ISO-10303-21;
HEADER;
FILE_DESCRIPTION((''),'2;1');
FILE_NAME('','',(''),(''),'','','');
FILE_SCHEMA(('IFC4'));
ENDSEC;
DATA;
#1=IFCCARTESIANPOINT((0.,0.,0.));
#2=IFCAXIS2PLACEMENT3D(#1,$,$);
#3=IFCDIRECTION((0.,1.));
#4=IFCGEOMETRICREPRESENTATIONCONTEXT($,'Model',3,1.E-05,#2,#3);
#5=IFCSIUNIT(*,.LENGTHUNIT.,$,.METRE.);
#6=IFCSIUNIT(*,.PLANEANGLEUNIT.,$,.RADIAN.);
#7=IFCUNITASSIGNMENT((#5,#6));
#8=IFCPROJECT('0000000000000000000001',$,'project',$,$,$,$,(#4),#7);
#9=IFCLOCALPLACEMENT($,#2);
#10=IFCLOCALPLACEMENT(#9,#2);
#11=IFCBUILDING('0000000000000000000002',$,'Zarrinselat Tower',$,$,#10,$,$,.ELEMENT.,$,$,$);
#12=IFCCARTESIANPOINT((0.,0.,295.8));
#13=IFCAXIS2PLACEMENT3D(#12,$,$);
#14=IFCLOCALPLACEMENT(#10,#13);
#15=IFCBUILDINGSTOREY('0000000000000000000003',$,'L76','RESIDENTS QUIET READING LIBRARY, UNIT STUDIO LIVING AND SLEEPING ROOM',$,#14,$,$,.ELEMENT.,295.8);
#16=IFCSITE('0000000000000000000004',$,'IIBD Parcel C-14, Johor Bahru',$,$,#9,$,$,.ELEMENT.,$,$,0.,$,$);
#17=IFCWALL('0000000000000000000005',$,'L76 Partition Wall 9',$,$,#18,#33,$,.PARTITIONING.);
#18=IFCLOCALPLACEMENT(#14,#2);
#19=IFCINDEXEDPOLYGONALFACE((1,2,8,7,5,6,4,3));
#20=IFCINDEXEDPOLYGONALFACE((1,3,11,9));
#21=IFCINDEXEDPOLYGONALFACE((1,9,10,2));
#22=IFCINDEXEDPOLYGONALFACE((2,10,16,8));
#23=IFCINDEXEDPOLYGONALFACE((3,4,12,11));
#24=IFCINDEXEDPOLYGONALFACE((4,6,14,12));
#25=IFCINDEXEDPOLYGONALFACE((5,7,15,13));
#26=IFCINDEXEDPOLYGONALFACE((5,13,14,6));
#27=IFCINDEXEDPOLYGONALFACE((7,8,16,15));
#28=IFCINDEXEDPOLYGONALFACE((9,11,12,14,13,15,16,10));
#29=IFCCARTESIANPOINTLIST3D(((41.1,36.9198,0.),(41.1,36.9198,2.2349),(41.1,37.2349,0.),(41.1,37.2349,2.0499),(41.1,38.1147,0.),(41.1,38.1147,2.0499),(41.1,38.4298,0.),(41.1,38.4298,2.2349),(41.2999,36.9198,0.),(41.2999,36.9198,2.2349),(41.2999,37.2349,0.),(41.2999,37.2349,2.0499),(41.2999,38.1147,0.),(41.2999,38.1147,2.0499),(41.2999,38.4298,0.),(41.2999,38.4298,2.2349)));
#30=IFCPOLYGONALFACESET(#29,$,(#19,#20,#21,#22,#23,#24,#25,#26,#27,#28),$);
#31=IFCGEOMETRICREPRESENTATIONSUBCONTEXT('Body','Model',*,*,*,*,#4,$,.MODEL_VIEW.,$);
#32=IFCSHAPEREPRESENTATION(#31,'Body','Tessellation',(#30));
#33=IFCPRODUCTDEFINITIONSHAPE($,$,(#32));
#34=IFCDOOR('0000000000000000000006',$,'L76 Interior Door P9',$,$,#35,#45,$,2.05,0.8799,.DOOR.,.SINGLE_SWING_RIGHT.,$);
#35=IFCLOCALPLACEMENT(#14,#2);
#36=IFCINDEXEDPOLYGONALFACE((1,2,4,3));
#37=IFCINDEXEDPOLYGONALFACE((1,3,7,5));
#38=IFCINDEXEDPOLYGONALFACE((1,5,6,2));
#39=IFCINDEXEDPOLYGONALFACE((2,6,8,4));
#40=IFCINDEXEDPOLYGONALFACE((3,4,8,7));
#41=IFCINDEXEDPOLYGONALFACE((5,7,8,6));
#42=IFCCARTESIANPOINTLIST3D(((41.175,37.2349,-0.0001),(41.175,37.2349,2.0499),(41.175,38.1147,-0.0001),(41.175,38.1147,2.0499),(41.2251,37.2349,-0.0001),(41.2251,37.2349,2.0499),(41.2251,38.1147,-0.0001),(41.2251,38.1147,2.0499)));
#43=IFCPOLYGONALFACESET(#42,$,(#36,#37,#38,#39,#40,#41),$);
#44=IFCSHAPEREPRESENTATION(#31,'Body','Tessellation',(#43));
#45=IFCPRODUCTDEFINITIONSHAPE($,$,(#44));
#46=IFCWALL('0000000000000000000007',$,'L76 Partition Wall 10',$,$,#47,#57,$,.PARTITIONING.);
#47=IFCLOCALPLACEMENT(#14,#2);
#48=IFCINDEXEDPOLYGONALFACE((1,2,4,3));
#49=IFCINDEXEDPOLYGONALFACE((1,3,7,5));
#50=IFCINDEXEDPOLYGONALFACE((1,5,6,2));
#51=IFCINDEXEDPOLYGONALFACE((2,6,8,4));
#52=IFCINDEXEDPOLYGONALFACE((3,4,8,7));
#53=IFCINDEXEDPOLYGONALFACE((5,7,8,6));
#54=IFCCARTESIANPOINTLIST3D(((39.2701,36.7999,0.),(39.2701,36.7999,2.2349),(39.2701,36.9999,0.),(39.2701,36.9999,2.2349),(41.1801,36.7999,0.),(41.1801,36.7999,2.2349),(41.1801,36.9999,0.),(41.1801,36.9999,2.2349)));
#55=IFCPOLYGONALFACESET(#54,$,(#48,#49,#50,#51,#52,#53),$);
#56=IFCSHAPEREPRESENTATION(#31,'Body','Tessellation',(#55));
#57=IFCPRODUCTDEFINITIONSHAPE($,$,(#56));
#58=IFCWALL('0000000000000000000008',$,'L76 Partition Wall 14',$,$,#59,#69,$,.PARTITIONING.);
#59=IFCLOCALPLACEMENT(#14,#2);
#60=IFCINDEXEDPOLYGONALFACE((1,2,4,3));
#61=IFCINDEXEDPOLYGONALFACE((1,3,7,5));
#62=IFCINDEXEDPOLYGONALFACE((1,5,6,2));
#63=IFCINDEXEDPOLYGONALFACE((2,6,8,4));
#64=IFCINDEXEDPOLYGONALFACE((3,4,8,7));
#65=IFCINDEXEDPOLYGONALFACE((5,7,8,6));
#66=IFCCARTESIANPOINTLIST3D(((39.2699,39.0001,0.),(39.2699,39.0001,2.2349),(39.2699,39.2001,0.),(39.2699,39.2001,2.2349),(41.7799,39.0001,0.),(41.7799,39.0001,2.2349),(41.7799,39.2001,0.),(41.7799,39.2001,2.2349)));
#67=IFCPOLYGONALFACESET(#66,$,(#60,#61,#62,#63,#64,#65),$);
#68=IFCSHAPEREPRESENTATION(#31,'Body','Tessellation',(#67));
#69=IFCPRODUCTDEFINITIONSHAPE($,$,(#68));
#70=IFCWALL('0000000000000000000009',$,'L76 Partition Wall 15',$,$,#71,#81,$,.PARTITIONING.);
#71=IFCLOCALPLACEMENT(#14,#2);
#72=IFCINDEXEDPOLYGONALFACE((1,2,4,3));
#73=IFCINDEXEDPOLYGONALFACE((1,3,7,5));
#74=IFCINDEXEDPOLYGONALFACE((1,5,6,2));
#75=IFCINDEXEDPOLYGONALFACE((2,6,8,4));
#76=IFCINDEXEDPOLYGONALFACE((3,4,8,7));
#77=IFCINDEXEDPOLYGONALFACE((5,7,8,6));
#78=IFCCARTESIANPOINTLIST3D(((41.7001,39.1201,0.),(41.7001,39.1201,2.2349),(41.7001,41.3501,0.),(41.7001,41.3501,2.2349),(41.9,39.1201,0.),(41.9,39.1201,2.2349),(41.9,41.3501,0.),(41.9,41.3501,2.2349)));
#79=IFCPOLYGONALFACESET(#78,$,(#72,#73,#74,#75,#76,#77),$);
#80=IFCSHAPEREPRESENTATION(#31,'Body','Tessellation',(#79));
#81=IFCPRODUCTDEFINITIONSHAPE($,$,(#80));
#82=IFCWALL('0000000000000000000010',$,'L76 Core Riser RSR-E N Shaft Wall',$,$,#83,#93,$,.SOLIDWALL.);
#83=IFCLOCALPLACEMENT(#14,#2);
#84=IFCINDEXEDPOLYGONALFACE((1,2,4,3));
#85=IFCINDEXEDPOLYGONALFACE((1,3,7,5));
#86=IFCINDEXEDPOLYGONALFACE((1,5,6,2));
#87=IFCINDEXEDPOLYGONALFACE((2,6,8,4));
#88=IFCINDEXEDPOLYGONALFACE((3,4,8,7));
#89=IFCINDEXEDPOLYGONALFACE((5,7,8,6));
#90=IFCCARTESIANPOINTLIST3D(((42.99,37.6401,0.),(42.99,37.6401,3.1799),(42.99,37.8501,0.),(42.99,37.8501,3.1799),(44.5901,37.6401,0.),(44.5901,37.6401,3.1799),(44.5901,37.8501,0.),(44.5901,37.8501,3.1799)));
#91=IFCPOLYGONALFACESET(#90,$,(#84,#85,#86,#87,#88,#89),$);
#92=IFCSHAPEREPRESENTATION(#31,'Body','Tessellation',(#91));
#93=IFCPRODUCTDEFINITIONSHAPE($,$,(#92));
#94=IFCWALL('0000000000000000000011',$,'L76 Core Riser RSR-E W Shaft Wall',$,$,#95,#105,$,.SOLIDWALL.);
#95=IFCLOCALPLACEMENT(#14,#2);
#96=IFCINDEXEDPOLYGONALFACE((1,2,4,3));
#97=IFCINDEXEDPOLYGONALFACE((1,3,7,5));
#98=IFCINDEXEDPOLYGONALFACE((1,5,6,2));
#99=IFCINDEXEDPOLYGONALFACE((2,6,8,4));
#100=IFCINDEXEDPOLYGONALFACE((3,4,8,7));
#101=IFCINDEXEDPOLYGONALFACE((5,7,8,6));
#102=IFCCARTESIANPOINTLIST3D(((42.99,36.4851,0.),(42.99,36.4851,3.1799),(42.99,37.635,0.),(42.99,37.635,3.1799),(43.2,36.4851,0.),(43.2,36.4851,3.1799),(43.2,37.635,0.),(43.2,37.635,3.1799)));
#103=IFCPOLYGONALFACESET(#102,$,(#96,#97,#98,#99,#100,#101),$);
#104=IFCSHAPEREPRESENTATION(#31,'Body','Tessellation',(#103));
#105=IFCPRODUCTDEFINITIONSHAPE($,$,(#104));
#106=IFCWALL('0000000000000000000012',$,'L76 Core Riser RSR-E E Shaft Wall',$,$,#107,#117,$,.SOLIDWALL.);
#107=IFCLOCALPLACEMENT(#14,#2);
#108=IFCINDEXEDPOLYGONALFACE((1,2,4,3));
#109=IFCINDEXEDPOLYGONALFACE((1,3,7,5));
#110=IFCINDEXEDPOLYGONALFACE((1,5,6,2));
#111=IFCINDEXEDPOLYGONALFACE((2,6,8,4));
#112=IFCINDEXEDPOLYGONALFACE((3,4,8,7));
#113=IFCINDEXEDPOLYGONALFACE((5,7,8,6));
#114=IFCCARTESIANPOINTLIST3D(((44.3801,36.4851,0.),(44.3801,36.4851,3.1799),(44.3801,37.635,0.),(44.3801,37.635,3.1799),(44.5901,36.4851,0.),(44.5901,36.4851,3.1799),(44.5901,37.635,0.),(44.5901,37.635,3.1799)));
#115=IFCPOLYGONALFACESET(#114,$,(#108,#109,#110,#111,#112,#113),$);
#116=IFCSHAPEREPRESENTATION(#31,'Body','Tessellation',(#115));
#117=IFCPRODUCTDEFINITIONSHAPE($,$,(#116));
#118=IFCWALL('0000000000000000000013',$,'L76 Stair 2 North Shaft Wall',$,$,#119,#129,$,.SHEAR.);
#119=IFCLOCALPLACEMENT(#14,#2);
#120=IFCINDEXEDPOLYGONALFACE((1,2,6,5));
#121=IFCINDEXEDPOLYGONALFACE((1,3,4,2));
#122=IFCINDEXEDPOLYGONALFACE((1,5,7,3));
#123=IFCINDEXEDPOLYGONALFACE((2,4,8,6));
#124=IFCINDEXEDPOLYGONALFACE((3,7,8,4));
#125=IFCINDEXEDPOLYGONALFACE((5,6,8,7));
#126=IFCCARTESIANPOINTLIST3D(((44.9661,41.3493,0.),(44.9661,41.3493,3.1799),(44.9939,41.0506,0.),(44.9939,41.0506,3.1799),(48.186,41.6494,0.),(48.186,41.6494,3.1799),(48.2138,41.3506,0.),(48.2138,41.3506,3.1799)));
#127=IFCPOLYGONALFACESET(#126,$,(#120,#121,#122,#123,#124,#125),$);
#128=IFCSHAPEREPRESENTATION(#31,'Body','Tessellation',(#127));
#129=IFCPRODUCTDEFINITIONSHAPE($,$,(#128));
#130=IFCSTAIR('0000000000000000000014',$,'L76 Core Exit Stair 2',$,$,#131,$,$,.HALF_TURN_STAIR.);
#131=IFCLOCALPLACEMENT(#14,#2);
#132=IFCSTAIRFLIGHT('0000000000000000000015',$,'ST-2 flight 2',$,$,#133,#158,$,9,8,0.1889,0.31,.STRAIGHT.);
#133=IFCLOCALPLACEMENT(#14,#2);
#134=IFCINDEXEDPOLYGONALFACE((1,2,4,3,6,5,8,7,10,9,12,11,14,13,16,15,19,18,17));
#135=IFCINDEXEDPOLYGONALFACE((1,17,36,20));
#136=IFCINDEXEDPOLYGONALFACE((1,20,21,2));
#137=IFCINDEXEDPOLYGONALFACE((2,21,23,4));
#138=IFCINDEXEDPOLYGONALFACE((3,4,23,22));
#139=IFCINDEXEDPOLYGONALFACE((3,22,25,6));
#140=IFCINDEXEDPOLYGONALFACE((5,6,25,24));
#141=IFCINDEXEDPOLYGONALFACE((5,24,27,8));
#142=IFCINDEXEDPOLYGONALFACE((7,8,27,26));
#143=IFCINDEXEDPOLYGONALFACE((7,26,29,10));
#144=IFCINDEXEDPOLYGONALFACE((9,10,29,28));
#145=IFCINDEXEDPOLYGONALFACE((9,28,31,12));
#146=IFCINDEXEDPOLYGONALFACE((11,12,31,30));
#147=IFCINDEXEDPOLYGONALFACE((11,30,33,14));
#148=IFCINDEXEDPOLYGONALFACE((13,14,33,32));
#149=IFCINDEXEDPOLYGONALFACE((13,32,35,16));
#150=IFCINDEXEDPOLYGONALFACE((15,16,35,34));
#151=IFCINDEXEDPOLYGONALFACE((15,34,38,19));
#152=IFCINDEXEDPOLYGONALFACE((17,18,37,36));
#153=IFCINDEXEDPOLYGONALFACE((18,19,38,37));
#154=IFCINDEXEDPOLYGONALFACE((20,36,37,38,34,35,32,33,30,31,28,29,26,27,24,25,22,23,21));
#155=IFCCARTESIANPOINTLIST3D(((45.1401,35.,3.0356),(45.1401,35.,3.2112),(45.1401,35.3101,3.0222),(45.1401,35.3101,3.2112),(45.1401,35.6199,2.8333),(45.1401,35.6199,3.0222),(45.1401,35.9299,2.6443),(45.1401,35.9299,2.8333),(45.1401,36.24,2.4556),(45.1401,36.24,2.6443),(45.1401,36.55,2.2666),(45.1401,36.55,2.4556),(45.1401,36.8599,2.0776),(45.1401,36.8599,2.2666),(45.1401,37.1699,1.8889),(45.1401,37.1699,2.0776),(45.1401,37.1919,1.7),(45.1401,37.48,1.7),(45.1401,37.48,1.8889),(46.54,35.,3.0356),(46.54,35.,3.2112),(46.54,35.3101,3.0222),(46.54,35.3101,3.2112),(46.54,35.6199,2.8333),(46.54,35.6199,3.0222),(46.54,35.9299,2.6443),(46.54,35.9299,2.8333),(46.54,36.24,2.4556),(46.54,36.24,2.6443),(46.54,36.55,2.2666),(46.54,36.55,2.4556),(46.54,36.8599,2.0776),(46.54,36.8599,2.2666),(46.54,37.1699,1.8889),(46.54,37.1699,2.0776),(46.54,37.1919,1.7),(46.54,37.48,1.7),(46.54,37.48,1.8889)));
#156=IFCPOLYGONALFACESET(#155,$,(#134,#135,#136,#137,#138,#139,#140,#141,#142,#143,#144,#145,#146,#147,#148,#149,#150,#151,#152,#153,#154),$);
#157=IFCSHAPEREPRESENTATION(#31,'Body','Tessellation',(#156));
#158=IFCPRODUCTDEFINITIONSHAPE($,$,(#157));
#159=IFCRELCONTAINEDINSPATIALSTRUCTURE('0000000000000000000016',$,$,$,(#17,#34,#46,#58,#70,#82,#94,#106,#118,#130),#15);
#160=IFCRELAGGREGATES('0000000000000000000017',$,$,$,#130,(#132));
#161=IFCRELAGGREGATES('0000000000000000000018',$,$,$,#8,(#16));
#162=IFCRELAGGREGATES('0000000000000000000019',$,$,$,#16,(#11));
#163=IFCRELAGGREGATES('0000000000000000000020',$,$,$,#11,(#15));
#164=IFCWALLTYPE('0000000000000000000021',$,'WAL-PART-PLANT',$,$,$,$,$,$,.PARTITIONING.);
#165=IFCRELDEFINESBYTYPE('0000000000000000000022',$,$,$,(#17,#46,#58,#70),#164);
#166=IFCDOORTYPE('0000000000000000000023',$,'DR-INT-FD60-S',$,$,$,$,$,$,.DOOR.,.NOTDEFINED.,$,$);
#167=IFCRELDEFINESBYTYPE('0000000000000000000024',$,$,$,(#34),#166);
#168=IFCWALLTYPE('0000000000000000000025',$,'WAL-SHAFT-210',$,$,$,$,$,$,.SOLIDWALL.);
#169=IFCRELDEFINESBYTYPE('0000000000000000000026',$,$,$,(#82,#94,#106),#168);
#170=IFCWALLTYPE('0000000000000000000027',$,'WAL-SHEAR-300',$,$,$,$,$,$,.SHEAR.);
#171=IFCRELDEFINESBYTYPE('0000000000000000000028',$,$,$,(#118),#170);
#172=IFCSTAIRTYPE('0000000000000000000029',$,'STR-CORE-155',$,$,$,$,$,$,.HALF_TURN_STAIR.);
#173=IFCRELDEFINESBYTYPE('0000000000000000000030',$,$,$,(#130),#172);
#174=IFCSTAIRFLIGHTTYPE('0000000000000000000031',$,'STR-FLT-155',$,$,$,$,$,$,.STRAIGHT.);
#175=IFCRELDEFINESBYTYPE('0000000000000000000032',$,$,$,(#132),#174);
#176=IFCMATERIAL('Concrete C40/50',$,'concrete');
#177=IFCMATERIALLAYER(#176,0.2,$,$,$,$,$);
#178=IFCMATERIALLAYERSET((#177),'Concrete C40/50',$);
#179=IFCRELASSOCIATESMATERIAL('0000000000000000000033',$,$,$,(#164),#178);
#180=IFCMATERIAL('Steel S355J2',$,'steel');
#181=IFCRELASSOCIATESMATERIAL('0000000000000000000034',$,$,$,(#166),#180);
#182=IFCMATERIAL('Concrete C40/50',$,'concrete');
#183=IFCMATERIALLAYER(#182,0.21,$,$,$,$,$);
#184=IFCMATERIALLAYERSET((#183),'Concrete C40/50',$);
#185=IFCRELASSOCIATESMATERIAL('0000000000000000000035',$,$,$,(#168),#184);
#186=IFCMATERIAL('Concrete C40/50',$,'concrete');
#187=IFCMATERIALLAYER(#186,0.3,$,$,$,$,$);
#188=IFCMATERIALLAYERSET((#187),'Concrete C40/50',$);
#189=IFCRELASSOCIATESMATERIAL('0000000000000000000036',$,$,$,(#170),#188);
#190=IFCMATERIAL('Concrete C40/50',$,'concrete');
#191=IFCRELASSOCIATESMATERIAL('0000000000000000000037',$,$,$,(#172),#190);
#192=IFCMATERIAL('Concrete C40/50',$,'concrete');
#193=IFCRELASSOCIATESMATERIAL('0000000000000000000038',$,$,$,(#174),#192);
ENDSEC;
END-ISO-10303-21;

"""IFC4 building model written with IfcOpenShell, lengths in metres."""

from ifc_helpers import new_model, si_unit, direction, frame, frame_2d, origin, place, context, subcontext, project, spatial, polyline, rectangle, outline, extrude, material, layer, layer_set, type_object, element, fill, aggregate, save


model = new_model("IFC4")

# Units and contexts
model_context = context("Model", 3, precision=1e-05, world=origin(), true_north=direction((0.0, 1.0)))
body_context = subcontext(model_context, "Body", "Model", "MODEL_VIEW")
ifc_project = project(units=[si_unit("LENGTHUNIT", "METRE"), si_unit("PLANEANGLEUNIT", "RADIAN")], contexts=[model_context])

# Site, building, storey
site_placement = place(None, origin())
site = spatial("IfcSite", under=ifc_project, at=site_placement, Name="IIBD Parcel C-14, Johor Bahru", CompositionType="ELEMENT", RefElevation=0.0)
building_placement = place(site_placement, origin())
building = spatial("IfcBuilding", under=site, at=building_placement, Name="Zarrinselat Tower", CompositionType="ELEMENT")
storey_placement = place(building_placement, frame((0.0, 0.0, 295.8)))
storey = spatial("IfcBuildingStorey", under=building, at=storey_placement, Name="L76", Description="RESIDENTS QUIET READING LIBRARY, UNIT STUDIO LIVING AND SLEEPING ROOM", CompositionType="ELEMENT", Elevation=295.8)

# Shared definitions
ifc_material_1 = material(Name="Concrete C40/50", Category="concrete")
ifc_layer_1 = layer(ifc_material_1, 0.2)
ifc_layer_set_1 = layer_set([ifc_layer_1], Name="Concrete C40/50")
wall_type_1 = type_object("IfcWallType", Name="WAL-PART-PLANT", PredefinedType="PARTITIONING", material=ifc_layer_set_1)
ifc_material_2 = material(Name="Steel S355J2", Category="steel")
door_type_1 = type_object("IfcDoorType", Name="DR-INT-FD60-S", OperationType="NOTDEFINED", PredefinedType="DOOR", material=ifc_material_2)

# Wall, opening, door
wall_1_placement = place(storey_placement, frame((41.2, 36.9199, 0.0), z_axis=(0.0, 0.0, 1.0), x_axis=(0.0, 1.0, 0.0)))
wall_1 = element("IfcWall", 1, at=wall_1_placement, inside=storey, type_object=wall_type_1, Name="L76 Partition Wall 9", PredefinedType="PARTITIONING", context=body_context, shape_type="SweptSolid", body=[
    extrude(rectangle(XDim=1.51, YDim=0.2, at=frame_2d((0.7549, 0.0))), origin(), (0.0, 0.0, 1.0), 2.2349),
])
opening_1_placement = place(wall_1_placement, frame((0.3149, 0.0, 0.0)))
opening_1 = element("IfcOpeningElement", 2, at=opening_1_placement, cuts=wall_1, PredefinedType="OPENING", context=body_context, shape_type="SweptSolid", body=[
    extrude(rectangle(XDim=0.8799, YDim=2.05, at=frame_2d((0.4399, 1.0249))), frame((0.0, 0.1099, 0.0), z_axis=(0.0, -1.0, 0.0), x_axis=(1.0, 0.0, 0.0)), (0.0, 0.0, 1.0), 0.22),
])
door_1_placement = place(opening_1_placement, origin())
door_1 = element("IfcDoor", 3, at=door_1_placement, inside=storey, type_object=door_type_1, Name="L76 Interior Door P9", OperationType="SINGLE_SWING_RIGHT", OverallHeight=2.05, OverallWidth=0.8799, PredefinedType="DOOR", context=body_context, shape_type="SweptSolid", body=[
    extrude(rectangle(XDim=0.8799, YDim=2.05, at=frame_2d((0.4399, 1.0249))), frame((0.0, 0.0249, 0.0), z_axis=(0.0, -1.0, 0.0), x_axis=(1.0, 0.0, 0.0)), (0.0, 0.0, 1.0), 0.05),
])
fill(opening_1, door_1)

# Walls
wall_2_placement = place(storey_placement, frame((39.27, 36.8999, 0.0), z_axis=(0.0, 0.0, 1.0), x_axis=(1.0, 0.0, 0.0)))
element("IfcWall", 4, at=wall_2_placement, inside=storey, type_object=wall_type_1, Name="L76 Partition Wall 10", PredefinedType="PARTITIONING", context=body_context, shape_type="SweptSolid", body=[
    extrude(rectangle(XDim=1.9099, YDim=0.2, at=frame_2d((0.9551, 0.0))), origin(), (0.0, 0.0, 1.0), 2.2349),
])
wall_3_placement = place(storey_placement, frame((39.27, 39.1001, 0.0), z_axis=(0.0, 0.0, 1.0), x_axis=(1.0, 0.0, 0.0)))
element("IfcWall", 5, at=wall_3_placement, inside=storey, type_object=wall_type_1, Name="L76 Partition Wall 14", PredefinedType="PARTITIONING", context=body_context, shape_type="SweptSolid", body=[
    extrude(rectangle(XDim=2.51, YDim=0.2, at=frame_2d((1.2549, 0.0))), origin(), (0.0, 0.0, 1.0), 2.2349),
])
wall_4_placement = place(storey_placement, frame((41.8, 39.1201, 0.0), z_axis=(0.0, 0.0, 1.0), x_axis=(0.0, 1.0, 0.0)))
element("IfcWall", 6, at=wall_4_placement, inside=storey, type_object=wall_type_1, Name="L76 Partition Wall 15", PredefinedType="PARTITIONING", context=body_context, shape_type="SweptSolid", body=[
    extrude(rectangle(XDim=2.23, YDim=0.2, at=frame_2d((1.115, 0.0))), origin(), (0.0, 0.0, 1.0), 2.2349),
])
ifc_material_3 = material(Name="Concrete C40/50", Category="concrete")
ifc_layer_2 = layer(ifc_material_3, 0.21)
ifc_layer_set_2 = layer_set([ifc_layer_2], Name="Concrete C40/50")
wall_type_2 = type_object("IfcWallType", Name="WAL-SHAFT-210", PredefinedType="SOLIDWALL", material=ifc_layer_set_2)
wall_5_placement = place(storey_placement, frame((42.99, 37.7451, 0.0), z_axis=(0.0, 0.0, 1.0), x_axis=(1.0, 0.0, 0.0)))
element("IfcWall", 7, at=wall_5_placement, inside=storey, type_object=wall_type_2, Name="L76 Core Riser RSR-E N Shaft Wall", PredefinedType="SOLIDWALL", context=body_context, shape_type="SweptSolid", body=[
    extrude(rectangle(XDim=1.6001, YDim=0.21, at=frame_2d((0.8, 0.0))), origin(), (0.0, 0.0, 1.0), 3.1799),
])
for number, where, z_axis, x_axis, name in (
    (8, (43.095, 36.4851, 0.0), (0.0, 0.0, 1.0), (0.0, 1.0, 0.0), "L76 Core Riser RSR-E W Shaft Wall"),
    (9, (44.4851, 36.4851, 0.0), (0.0, 0.0, 1.0), (0.0, 1.0, 0.0), "L76 Core Riser RSR-E E Shaft Wall"),
):
    element("IfcWall", number, at=place(storey_placement, frame(where, z_axis=z_axis, x_axis=x_axis)), inside=storey, type_object=wall_type_2, Name=name, PredefinedType="SOLIDWALL", context=body_context, shape_type="SweptSolid", body=[
        extrude(rectangle(XDim=1.1499, YDim=0.21, at=frame_2d((0.575, 0.0))), origin(), (0.0, 0.0, 1.0), 3.1799),
    ])
ifc_material_4 = material(Name="Concrete C40/50", Category="concrete")
ifc_layer_3 = layer(ifc_material_4, 0.3)
ifc_layer_set_3 = layer_set([ifc_layer_3], Name="Concrete C40/50")
wall_type_3 = type_object("IfcWallType", Name="WAL-SHEAR-300", PredefinedType="SHEAR", material=ifc_layer_set_3)
wall_6_placement = place(storey_placement, frame((44.98, 41.2, 0.0), z_axis=(0.0, 0.0, 1.0), x_axis=(0.995686, 0.092782, 0.0)))
element("IfcWall", 10, at=wall_6_placement, inside=storey, type_object=wall_type_3, Name="L76 Stair 2 North Shaft Wall", PredefinedType="SHEAR", context=body_context, shape_type="SweptSolid", body=[
    extrude(rectangle(XDim=3.2339, YDim=0.3, at=frame_2d((1.6169, 0.0))), origin(), (0.0, 0.0, 1.0), 3.1799),
])

# Stair, stair flight
ifc_material_5 = material(Name="Concrete C40/50", Category="concrete")
stair_type = type_object("IfcStairType", Name="STR-CORE-155", PredefinedType="HALF_TURN_STAIR", material=ifc_material_5)
stair_placement = place(storey_placement, origin())
stair = element("IfcStair", 11, at=stair_placement, inside=storey, type_object=stair_type, Name="L76 Core Exit Stair 2", PredefinedType="HALF_TURN_STAIR")
ifc_material_6 = material(Name="Concrete C40/50", Category="concrete")
stair_flight_type = type_object("IfcStairFlightType", Name="STR-FLT-155", PredefinedType="STRAIGHT", material=ifc_material_6)
stair_flight_placement = place(storey_placement, frame((45.8401, 37.48, 1.7), z_axis=(0.0, 0.0, 1.0), x_axis=(0.0, -1.0, 0.0)))
stair_flight = element("IfcStairFlight", 12, at=stair_flight_placement, type_object=stair_flight_type, Name="ST-2 flight 2", NumberOfRisers=9, NumberOfTreads=8, PredefinedType="STRAIGHT", RiserHeight=0.1889, TreadLength=0.31, context=body_context, shape_type="SweptSolid", body=[
    extrude(outline(polyline([(0.0, 0.0), (0.0, 0.189), (0.3101, 0.189), (0.3101, 0.3777), (0.6201, 0.3777), (0.6201, 0.5667), (0.9299, 0.5667), (0.9299, 0.7556), (1.24, 0.7556), (1.24, 0.9443), (1.55, 0.9443), (1.55, 1.1333), (1.8601, 1.1333), (1.8601, 1.3223), (2.1699, 1.3223), (2.1699, 1.5112), (2.48, 1.5112), (2.48, 1.7), (2.48, 1.3357), (0.2881, 0.0), (0.0, 0.0)])), frame((0.0, 0.7, 0.0), z_axis=(0.0, -1.0, 0.0), x_axis=(1.0, 0.0, 0.0)), (0.0, 0.0, 1.0), 1.3999),
])
aggregate(stair, [stair_flight])

save(model, "model.ifc")
